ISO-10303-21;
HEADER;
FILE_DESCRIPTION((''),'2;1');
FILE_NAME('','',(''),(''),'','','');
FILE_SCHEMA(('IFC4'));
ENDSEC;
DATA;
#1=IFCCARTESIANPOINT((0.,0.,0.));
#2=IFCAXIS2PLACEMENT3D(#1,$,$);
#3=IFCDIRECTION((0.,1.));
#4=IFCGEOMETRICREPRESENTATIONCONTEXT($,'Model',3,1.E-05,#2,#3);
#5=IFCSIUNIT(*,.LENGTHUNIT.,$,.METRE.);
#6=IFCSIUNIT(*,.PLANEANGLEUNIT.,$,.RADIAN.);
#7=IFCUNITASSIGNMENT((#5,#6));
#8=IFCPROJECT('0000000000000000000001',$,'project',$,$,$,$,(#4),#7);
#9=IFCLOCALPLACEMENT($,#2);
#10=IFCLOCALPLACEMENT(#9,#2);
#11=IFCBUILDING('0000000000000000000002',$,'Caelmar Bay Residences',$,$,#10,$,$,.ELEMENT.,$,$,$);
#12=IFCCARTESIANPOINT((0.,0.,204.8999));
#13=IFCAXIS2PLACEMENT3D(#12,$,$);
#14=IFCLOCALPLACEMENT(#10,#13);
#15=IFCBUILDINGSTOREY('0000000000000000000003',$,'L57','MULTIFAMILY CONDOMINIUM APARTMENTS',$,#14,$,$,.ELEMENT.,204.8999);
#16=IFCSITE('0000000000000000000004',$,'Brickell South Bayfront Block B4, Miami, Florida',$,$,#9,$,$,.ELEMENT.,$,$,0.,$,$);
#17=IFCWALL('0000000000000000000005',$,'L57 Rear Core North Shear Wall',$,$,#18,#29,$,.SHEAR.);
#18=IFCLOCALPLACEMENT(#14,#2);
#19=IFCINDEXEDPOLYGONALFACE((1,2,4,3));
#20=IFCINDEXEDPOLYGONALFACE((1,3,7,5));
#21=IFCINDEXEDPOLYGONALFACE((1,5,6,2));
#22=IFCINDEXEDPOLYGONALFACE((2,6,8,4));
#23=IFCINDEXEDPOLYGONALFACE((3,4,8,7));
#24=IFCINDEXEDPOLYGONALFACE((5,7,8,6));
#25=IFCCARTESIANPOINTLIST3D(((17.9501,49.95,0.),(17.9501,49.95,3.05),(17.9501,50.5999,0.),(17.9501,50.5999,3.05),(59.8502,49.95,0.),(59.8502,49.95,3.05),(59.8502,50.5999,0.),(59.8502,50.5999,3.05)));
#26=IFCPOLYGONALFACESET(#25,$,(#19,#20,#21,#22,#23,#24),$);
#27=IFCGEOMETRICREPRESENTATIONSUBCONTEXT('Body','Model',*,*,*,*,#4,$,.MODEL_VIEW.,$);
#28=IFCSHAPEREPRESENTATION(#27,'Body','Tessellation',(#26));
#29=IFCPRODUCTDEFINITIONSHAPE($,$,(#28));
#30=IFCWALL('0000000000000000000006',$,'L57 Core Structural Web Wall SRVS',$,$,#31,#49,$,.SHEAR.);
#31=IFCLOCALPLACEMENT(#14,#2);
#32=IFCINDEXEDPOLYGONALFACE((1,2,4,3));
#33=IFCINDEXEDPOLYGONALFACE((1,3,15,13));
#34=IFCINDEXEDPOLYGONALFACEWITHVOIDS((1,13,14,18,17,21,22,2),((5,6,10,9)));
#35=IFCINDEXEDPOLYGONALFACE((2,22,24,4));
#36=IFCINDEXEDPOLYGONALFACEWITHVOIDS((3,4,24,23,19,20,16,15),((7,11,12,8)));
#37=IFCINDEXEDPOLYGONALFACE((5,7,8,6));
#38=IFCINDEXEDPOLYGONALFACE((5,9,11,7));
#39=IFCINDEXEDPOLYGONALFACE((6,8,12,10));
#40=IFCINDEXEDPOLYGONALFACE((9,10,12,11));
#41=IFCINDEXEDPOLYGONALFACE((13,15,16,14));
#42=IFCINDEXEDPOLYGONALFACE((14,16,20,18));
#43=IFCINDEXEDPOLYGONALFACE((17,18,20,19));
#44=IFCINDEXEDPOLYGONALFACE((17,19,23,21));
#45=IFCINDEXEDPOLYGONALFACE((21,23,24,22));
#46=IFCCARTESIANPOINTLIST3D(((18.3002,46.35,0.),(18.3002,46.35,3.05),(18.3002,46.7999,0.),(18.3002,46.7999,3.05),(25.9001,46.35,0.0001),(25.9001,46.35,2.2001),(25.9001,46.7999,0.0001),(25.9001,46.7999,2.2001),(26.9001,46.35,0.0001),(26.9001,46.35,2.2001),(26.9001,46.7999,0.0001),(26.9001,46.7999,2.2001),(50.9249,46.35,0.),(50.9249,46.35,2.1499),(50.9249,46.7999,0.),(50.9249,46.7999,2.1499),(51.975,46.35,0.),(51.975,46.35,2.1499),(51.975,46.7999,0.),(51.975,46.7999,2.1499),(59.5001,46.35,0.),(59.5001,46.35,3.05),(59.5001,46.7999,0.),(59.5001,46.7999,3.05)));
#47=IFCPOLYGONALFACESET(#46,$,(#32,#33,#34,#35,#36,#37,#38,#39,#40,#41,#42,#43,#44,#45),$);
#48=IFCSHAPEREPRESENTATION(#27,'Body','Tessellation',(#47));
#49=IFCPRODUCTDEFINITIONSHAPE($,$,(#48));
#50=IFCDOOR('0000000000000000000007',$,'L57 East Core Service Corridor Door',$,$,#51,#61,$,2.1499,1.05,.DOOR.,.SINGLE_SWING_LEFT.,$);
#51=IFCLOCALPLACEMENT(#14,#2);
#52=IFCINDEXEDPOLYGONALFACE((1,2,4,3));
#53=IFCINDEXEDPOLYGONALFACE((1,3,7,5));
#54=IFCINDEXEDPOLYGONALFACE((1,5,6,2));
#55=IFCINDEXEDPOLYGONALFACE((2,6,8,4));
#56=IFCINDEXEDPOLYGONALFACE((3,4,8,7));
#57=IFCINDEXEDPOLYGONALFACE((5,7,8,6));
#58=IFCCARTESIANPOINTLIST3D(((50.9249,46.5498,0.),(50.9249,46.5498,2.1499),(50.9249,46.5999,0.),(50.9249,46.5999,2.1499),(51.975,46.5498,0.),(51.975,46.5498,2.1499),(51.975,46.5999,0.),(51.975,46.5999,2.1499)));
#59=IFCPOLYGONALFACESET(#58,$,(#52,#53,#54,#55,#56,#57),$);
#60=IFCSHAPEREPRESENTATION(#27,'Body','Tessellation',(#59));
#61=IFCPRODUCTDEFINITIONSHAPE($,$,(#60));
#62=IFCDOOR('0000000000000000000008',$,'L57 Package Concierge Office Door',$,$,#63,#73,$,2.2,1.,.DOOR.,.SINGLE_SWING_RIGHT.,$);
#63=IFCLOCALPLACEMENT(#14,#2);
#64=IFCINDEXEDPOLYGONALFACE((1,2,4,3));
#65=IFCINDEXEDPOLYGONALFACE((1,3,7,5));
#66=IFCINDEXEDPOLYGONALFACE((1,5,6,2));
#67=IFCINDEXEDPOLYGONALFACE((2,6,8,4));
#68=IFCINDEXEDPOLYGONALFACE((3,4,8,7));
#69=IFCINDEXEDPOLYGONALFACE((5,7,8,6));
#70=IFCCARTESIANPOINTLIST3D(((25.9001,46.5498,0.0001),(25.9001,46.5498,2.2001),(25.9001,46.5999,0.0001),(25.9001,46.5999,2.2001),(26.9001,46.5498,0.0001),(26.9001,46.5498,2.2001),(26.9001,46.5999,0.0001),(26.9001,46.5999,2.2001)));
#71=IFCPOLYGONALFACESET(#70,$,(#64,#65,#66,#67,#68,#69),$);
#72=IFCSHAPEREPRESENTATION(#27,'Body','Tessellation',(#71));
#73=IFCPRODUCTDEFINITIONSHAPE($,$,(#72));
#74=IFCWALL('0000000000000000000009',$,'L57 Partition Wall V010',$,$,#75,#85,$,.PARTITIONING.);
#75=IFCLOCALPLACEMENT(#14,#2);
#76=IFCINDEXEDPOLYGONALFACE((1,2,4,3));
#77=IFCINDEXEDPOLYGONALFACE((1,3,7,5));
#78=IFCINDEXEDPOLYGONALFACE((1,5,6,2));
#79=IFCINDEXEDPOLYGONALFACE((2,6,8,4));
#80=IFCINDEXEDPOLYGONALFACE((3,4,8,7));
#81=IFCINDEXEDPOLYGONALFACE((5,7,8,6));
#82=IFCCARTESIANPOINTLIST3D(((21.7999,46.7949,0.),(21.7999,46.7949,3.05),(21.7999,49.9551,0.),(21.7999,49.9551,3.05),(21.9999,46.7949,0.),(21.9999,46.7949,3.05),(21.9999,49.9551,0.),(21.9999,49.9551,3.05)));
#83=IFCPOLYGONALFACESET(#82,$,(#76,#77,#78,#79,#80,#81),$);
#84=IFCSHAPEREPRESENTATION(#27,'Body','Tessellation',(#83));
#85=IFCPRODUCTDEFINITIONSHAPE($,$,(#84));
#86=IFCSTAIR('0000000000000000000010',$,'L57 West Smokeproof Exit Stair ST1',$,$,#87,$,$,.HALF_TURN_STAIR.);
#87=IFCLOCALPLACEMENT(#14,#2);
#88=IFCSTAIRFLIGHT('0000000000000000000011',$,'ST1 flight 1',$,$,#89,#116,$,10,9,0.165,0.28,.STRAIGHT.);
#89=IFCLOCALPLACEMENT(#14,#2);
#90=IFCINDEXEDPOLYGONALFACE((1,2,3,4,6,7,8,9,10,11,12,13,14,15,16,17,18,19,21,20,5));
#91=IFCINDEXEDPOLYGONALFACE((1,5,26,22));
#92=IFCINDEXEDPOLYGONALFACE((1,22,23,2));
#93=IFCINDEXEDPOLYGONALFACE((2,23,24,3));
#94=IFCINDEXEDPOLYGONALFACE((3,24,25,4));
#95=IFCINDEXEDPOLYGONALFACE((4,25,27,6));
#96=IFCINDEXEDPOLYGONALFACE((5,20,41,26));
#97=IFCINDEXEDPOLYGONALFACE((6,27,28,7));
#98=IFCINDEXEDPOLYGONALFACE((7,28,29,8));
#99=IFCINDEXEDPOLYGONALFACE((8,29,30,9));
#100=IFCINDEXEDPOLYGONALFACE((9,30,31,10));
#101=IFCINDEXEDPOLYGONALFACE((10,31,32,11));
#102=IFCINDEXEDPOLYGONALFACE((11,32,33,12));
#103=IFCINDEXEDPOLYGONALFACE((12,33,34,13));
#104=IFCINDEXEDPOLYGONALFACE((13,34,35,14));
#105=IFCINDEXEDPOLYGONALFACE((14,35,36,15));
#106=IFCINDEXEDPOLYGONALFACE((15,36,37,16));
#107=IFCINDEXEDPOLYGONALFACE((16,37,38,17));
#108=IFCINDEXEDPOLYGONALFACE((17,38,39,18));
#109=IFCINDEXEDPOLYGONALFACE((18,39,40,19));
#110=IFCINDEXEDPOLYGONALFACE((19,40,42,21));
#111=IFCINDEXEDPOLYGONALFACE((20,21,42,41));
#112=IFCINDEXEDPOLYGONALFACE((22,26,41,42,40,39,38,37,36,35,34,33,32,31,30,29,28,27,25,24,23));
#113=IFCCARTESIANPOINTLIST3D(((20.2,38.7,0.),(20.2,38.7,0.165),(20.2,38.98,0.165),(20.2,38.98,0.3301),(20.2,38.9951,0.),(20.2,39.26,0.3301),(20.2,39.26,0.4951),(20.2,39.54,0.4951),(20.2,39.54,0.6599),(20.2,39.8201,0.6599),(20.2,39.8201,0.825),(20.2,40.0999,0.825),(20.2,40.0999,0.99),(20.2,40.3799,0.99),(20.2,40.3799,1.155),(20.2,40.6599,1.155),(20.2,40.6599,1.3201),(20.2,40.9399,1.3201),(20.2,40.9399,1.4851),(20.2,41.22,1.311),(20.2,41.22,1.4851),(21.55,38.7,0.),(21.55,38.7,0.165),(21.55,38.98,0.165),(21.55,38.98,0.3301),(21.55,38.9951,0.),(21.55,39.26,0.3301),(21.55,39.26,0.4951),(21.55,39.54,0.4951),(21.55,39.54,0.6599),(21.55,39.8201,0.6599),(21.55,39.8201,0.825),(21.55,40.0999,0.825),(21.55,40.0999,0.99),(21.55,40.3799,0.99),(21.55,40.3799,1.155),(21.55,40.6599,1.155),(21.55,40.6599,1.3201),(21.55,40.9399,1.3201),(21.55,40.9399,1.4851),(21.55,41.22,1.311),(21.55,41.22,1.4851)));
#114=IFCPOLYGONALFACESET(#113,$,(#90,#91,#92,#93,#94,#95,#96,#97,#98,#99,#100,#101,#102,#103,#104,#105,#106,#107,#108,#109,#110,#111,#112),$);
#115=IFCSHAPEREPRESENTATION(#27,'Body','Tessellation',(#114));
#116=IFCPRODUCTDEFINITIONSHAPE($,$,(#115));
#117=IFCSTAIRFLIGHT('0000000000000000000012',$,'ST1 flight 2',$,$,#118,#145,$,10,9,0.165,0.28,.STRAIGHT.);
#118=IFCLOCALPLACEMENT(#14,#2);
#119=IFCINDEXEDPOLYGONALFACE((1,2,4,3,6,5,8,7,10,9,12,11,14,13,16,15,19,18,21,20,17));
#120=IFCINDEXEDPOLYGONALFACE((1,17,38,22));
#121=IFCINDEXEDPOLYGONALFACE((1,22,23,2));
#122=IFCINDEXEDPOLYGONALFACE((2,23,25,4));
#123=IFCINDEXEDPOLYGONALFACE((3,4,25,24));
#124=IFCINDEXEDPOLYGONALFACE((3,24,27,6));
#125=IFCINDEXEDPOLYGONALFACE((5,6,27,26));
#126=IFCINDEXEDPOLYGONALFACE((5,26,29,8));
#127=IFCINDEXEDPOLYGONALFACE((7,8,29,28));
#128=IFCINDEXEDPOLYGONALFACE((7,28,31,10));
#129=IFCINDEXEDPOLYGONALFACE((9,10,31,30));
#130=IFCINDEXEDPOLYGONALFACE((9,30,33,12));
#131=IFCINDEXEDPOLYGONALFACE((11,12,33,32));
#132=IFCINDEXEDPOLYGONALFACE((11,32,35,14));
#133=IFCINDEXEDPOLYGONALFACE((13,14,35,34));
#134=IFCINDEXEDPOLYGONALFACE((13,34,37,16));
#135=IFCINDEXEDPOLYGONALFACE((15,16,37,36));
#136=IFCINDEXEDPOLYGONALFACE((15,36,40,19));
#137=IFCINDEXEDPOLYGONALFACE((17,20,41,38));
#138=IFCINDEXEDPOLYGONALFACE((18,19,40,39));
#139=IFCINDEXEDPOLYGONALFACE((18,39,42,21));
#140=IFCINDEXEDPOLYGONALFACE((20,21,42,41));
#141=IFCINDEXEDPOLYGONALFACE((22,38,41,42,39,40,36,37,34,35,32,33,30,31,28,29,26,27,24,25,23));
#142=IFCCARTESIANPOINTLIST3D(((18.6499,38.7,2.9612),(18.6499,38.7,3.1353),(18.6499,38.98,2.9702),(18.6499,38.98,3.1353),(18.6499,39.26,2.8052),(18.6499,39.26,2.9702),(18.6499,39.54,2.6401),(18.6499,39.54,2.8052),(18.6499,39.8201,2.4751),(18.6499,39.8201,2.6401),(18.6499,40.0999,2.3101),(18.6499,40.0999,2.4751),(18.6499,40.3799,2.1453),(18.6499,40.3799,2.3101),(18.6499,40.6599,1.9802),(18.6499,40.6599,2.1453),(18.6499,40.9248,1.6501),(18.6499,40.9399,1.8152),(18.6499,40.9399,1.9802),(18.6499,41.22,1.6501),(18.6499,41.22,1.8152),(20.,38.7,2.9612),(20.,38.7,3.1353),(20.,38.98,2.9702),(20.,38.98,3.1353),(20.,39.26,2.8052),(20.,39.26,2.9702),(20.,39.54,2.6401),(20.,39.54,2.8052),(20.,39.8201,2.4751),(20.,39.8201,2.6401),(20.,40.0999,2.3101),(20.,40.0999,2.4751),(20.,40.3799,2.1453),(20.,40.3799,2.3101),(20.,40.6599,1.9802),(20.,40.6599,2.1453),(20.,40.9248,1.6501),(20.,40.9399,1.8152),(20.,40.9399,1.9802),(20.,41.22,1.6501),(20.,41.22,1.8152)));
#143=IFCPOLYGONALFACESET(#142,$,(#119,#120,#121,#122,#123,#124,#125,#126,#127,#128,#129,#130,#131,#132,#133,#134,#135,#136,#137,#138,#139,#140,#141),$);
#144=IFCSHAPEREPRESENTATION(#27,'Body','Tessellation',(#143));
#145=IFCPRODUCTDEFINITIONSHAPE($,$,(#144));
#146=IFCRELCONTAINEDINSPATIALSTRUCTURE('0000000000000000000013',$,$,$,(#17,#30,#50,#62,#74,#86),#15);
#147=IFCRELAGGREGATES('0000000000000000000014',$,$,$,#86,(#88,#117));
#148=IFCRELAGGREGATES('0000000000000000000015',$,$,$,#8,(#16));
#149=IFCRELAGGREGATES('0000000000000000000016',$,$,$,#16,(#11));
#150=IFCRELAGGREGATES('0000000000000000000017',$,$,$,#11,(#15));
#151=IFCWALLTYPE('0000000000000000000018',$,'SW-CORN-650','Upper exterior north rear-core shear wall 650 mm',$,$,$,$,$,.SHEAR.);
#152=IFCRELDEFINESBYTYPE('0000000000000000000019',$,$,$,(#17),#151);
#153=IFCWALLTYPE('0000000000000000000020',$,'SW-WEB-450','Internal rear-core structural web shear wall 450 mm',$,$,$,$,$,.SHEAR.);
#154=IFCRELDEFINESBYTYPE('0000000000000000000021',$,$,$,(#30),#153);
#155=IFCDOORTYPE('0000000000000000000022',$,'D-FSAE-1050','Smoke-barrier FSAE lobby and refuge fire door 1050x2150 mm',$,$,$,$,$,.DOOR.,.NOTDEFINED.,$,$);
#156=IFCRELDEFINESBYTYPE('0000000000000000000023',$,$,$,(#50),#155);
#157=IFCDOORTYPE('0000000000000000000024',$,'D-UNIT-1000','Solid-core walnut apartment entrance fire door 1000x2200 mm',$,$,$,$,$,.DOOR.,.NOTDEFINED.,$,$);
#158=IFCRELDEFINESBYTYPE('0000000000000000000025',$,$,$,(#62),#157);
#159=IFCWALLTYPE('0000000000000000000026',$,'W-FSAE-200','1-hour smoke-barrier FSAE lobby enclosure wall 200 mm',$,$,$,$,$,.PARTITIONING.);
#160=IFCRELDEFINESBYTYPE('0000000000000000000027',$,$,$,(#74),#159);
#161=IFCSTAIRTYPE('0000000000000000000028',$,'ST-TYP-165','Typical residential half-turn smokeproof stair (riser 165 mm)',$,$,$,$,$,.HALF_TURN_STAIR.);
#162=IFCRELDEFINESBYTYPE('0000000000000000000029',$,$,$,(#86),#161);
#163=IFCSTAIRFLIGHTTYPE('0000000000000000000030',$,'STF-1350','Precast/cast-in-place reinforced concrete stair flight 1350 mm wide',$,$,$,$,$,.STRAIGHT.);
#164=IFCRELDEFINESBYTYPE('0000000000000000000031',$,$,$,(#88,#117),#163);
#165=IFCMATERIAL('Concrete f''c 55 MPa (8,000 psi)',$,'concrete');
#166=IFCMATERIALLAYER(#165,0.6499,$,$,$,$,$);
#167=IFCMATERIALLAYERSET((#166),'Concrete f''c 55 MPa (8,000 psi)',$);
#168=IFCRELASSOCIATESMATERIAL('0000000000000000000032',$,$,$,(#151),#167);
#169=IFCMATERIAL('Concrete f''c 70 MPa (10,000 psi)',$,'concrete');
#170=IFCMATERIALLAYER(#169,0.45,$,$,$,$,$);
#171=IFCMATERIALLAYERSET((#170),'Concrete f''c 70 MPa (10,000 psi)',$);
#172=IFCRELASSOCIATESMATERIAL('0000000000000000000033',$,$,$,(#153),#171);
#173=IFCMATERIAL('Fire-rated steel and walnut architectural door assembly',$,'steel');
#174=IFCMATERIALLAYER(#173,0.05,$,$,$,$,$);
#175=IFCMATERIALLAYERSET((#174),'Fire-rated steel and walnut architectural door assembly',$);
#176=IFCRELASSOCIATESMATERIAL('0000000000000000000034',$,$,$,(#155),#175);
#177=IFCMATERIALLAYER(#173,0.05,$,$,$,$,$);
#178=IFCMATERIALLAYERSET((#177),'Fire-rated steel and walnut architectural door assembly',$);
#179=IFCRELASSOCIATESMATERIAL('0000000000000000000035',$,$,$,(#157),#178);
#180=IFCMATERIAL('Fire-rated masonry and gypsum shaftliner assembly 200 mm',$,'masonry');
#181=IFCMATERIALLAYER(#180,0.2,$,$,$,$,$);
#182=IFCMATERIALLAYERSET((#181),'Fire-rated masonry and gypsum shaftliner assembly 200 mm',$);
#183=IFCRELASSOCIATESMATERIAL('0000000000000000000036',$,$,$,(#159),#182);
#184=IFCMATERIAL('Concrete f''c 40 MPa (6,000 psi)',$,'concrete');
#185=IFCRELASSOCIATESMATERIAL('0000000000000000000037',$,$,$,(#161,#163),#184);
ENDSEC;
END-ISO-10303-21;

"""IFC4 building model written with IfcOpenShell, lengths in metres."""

from ifc_helpers import new_model, si_unit, direction, frame, frame_2d, origin, place, context, subcontext, project, spatial, polyline, rectangle, outline, extrude, material, layer, layer_set, type_object, element, fill, aggregate, save


model = new_model("IFC4")

# Units and contexts
model_context = context("Model", 3, precision=1e-05, world=origin(), true_north=direction((0.0, 1.0)))
body_context = subcontext(model_context, "Body", "Model", "MODEL_VIEW")
ifc_project = project(units=[si_unit("LENGTHUNIT", "METRE"), si_unit("PLANEANGLEUNIT", "RADIAN")], contexts=[model_context])

# Site, building, storey
site_placement = place(None, origin())
site = spatial("IfcSite", under=ifc_project, at=site_placement, Name="Brickell South Bayfront Block B4, Miami, Florida", CompositionType="ELEMENT", RefElevation=0.0)
building_placement = place(site_placement, origin())
building = spatial("IfcBuilding", under=site, at=building_placement, Name="Caelmar Bay Residences", CompositionType="ELEMENT")
storey_placement = place(building_placement, frame((0.0, 0.0, 204.8999)))
storey = spatial("IfcBuildingStorey", under=building, at=storey_placement, Name="L57", Description="MULTIFAMILY CONDOMINIUM APARTMENTS", CompositionType="ELEMENT", Elevation=204.8999)

# Wall
ifc_material_1 = material(Name="Concrete f'c 55 MPa (8,000 psi)", Category="concrete")
ifc_layer_1 = layer(ifc_material_1, 0.6499)
ifc_layer_set_1 = layer_set([ifc_layer_1], Name="Concrete f'c 55 MPa (8,000 psi)")
wall_type_1 = type_object("IfcWallType", Name="SW-CORN-650", Description="Upper exterior north rear-core shear wall 650 mm", PredefinedType="SHEAR", material=ifc_layer_set_1)
wall_1_placement = place(storey_placement, frame((17.95, 50.2749, 0.0), z_axis=(0.0, 0.0, 1.0), x_axis=(1.0, 0.0, 0.0)))
element("IfcWall", 1, at=wall_1_placement, inside=storey, type_object=wall_type_1, Name="L57 Rear Core North Shear Wall", PredefinedType="SHEAR", context=body_context, shape_type="SweptSolid", body=[
    extrude(rectangle(XDim=41.9001, YDim=0.6499, at=frame_2d((20.9502, 0.0))), origin(), (0.0, 0.0, 1.0), 3.05),
])

# Wall, openings, doors
ifc_material_2 = material(Name="Concrete f'c 70 MPa (10,000 psi)", Category="concrete")
ifc_layer_2 = layer(ifc_material_2, 0.45)
ifc_layer_set_2 = layer_set([ifc_layer_2], Name="Concrete f'c 70 MPa (10,000 psi)")
wall_type_2 = type_object("IfcWallType", Name="SW-WEB-450", Description="Internal rear-core structural web shear wall 450 mm", PredefinedType="SHEAR", material=ifc_layer_set_2)
wall_2_placement = place(storey_placement, frame((18.3, 46.575, 0.0), z_axis=(0.0, 0.0, 1.0), x_axis=(1.0, 0.0, 0.0)))
wall_2 = element("IfcWall", 2, at=wall_2_placement, inside=storey, type_object=wall_type_2, Name="L57 Core Structural Web Wall SRVS", PredefinedType="SHEAR", context=body_context, shape_type="SweptSolid", body=[
    extrude(rectangle(XDim=41.2, YDim=0.45, at=frame_2d((20.6001, 0.0))), origin(), (0.0, 0.0, 1.0), 3.05),
])
opening_1_placement = place(wall_2_placement, frame((7.6001, 0.0, 0.0)))
opening_1 = element("IfcOpeningElement", 3, at=opening_1_placement, cuts=wall_2, PredefinedType="OPENING", context=body_context, shape_type="SweptSolid", body=[
    extrude(rectangle(XDim=1.0, YDim=2.2, at=frame_2d((0.5, 1.1001))), frame((0.0, 0.2349, 0.0), z_axis=(0.0, -1.0, 0.0), x_axis=(1.0, 0.0, 0.0)), (0.0, 0.0, 1.0), 0.47),
])
opening_2_placement = place(wall_2_placement, frame((32.625, 0.0, 0.0)))
opening_2 = element("IfcOpeningElement", 4, at=opening_2_placement, cuts=wall_2, PredefinedType="OPENING", context=body_context, shape_type="SweptSolid", body=[
    extrude(rectangle(XDim=1.05, YDim=2.1499, at=frame_2d((0.5249, 1.075))), frame((0.0, 0.2349, 0.0), z_axis=(0.0, -1.0, 0.0), x_axis=(1.0, 0.0, 0.0)), (0.0, 0.0, 1.0), 0.47),
])
ifc_material_3 = material(Name="Fire-rated steel and walnut architectural door assembly", Category="steel")
ifc_layer_3 = layer(ifc_material_3, 0.05)
ifc_layer_set_3 = layer_set([ifc_layer_3], Name="Fire-rated steel and walnut architectural door assembly")
door_type_1 = type_object("IfcDoorType", Name="D-FSAE-1050", Description="Smoke-barrier FSAE lobby and refuge fire door 1050x2150 mm", OperationType="NOTDEFINED", PredefinedType="DOOR", material=ifc_layer_set_3)
door_1_placement = place(opening_2_placement, origin())
door_1 = element("IfcDoor", 5, at=door_1_placement, inside=storey, type_object=door_type_1, Name="L57 East Core Service Corridor Door", OperationType="SINGLE_SWING_LEFT", OverallHeight=2.1499, OverallWidth=1.05, PredefinedType="DOOR", context=body_context, shape_type="SweptSolid", body=[
    extrude(rectangle(XDim=1.05, YDim=2.1499, at=frame_2d((0.5249, 1.075))), frame((0.0, 0.0249, 0.0), z_axis=(0.0, -1.0, 0.0), x_axis=(1.0, 0.0, 0.0)), (0.0, 0.0, 1.0), 0.05),
])
fill(opening_2, door_1)
ifc_layer_4 = layer(ifc_material_3, 0.05)
ifc_layer_set_4 = layer_set([ifc_layer_4], Name="Fire-rated steel and walnut architectural door assembly")
door_type_2 = type_object("IfcDoorType", Name="D-UNIT-1000", Description="Solid-core walnut apartment entrance fire door 1000x2200 mm", OperationType="NOTDEFINED", PredefinedType="DOOR", material=ifc_layer_set_4)
door_2_placement = place(opening_1_placement, origin())
door_2 = element("IfcDoor", 6, at=door_2_placement, inside=storey, type_object=door_type_2, Name="L57 Package Concierge Office Door", OperationType="SINGLE_SWING_RIGHT", OverallHeight=2.2, OverallWidth=1.0, PredefinedType="DOOR", context=body_context, shape_type="SweptSolid", body=[
    extrude(rectangle(XDim=1.0, YDim=2.2, at=frame_2d((0.5, 1.1001))), frame((0.0, 0.0249, 0.0), z_axis=(0.0, -1.0, 0.0), x_axis=(1.0, 0.0, 0.0)), (0.0, 0.0, 1.0), 0.05),
])
fill(opening_1, door_2)

# Wall
ifc_material_4 = material(Name="Fire-rated masonry and gypsum shaftliner assembly 200 mm", Category="masonry")
ifc_layer_5 = layer(ifc_material_4, 0.2)
ifc_layer_set_5 = layer_set([ifc_layer_5], Name="Fire-rated masonry and gypsum shaftliner assembly 200 mm")
wall_type_3 = type_object("IfcWallType", Name="W-FSAE-200", Description="1-hour smoke-barrier FSAE lobby enclosure wall 200 mm", PredefinedType="PARTITIONING", material=ifc_layer_set_5)
wall_3_placement = place(storey_placement, frame((21.8999, 46.7949, 0.0), z_axis=(0.0, 0.0, 1.0), x_axis=(0.0, 1.0, 0.0)))
element("IfcWall", 7, at=wall_3_placement, inside=storey, type_object=wall_type_3, Name="L57 Partition Wall V010", PredefinedType="PARTITIONING", context=body_context, shape_type="SweptSolid", body=[
    extrude(rectangle(XDim=3.1602, YDim=0.2, at=frame_2d((1.5801, 0.0))), origin(), (0.0, 0.0, 1.0), 3.05),
])

# Stair, stair flights
ifc_material_5 = material(Name="Concrete f'c 40 MPa (6,000 psi)", Category="concrete")
stair_type = type_object("IfcStairType", Name="ST-TYP-165", Description="Typical residential half-turn smokeproof stair (riser 165 mm)", PredefinedType="HALF_TURN_STAIR", material=ifc_material_5)
stair_placement = place(storey_placement, origin())
stair = element("IfcStair", 8, at=stair_placement, inside=storey, type_object=stair_type, Name="L57 West Smokeproof Exit Stair ST1", PredefinedType="HALF_TURN_STAIR")
stair_flight_type = type_object("IfcStairFlightType", Name="STF-1350", Description="Precast/cast-in-place reinforced concrete stair flight 1350 mm wide", PredefinedType="STRAIGHT", material=ifc_material_5)
stair_flight_1_placement = place(storey_placement, frame((20.875, 38.7, 0.0), z_axis=(0.0, 0.0, 1.0), x_axis=(0.0, 1.0, 0.0)))
stair_flight_1 = element("IfcStairFlight", 9, at=stair_flight_1_placement, type_object=stair_flight_type, Name="ST1 flight 1", NumberOfRisers=10, NumberOfTreads=9, PredefinedType="STRAIGHT", RiserHeight=0.165, TreadLength=0.28, context=body_context, shape_type="SweptSolid", body=[
    extrude(outline(polyline([(0.0, 0.0), (0.0, 0.165), (0.28, 0.165), (0.28, 0.3301), (0.5601, 0.3301), (0.5601, 0.4951), (0.8401, 0.4951), (0.8401, 0.6599), (1.1201, 0.6599), (1.1201, 0.825), (1.3999, 0.825), (1.3999, 0.99), (1.6799, 0.99), (1.6799, 1.155), (1.96, 1.155), (1.96, 1.3201), (2.24, 1.3201), (2.24, 1.4851), (2.52, 1.4851), (2.52, 1.6499), (2.52, 1.311), (0.2952, 0.0), (0.0, 0.0)])), frame((0.0, 0.675, 0.0), z_axis=(0.0, -1.0, 0.0), x_axis=(1.0, 0.0, 0.0)), (0.0, 0.0, 1.0), 1.3501),
])
stair_flight_2_placement = place(storey_placement, frame((19.325, 41.22, 1.6501), z_axis=(0.0, 0.0, 1.0), x_axis=(0.0, -1.0, 0.0)))
stair_flight_2 = element("IfcStairFlight", 10, at=stair_flight_2_placement, type_object=stair_flight_type, Name="ST1 flight 2", NumberOfRisers=10, NumberOfTreads=9, PredefinedType="STRAIGHT", RiserHeight=0.165, TreadLength=0.28, context=body_context, shape_type="SweptSolid", body=[
    extrude(outline(polyline([(0.0, 0.0), (0.0, 0.165), (0.28, 0.165), (0.28, 0.3301), (0.5601, 0.3301), (0.5601, 0.4951), (0.8401, 0.4951), (0.8401, 0.6599), (1.1201, 0.6599), (1.1201, 0.825), (1.3999, 0.825), (1.3999, 0.99), (1.6799, 0.99), (1.6799, 1.155), (1.96, 1.155), (1.96, 1.3201), (2.24, 1.3201), (2.24, 1.4851), (2.52, 1.4851), (2.52, 1.6499), (2.52, 1.311), (0.2952, 0.0), (0.0, 0.0)])), frame((0.0, 0.675, 0.0), z_axis=(0.0, -1.0, 0.0), x_axis=(1.0, 0.0, 0.0)), (0.0, 0.0, 1.0), 1.3501),
])
aggregate(stair, [stair_flight_1, stair_flight_2])

save(model, "model.ifc")
